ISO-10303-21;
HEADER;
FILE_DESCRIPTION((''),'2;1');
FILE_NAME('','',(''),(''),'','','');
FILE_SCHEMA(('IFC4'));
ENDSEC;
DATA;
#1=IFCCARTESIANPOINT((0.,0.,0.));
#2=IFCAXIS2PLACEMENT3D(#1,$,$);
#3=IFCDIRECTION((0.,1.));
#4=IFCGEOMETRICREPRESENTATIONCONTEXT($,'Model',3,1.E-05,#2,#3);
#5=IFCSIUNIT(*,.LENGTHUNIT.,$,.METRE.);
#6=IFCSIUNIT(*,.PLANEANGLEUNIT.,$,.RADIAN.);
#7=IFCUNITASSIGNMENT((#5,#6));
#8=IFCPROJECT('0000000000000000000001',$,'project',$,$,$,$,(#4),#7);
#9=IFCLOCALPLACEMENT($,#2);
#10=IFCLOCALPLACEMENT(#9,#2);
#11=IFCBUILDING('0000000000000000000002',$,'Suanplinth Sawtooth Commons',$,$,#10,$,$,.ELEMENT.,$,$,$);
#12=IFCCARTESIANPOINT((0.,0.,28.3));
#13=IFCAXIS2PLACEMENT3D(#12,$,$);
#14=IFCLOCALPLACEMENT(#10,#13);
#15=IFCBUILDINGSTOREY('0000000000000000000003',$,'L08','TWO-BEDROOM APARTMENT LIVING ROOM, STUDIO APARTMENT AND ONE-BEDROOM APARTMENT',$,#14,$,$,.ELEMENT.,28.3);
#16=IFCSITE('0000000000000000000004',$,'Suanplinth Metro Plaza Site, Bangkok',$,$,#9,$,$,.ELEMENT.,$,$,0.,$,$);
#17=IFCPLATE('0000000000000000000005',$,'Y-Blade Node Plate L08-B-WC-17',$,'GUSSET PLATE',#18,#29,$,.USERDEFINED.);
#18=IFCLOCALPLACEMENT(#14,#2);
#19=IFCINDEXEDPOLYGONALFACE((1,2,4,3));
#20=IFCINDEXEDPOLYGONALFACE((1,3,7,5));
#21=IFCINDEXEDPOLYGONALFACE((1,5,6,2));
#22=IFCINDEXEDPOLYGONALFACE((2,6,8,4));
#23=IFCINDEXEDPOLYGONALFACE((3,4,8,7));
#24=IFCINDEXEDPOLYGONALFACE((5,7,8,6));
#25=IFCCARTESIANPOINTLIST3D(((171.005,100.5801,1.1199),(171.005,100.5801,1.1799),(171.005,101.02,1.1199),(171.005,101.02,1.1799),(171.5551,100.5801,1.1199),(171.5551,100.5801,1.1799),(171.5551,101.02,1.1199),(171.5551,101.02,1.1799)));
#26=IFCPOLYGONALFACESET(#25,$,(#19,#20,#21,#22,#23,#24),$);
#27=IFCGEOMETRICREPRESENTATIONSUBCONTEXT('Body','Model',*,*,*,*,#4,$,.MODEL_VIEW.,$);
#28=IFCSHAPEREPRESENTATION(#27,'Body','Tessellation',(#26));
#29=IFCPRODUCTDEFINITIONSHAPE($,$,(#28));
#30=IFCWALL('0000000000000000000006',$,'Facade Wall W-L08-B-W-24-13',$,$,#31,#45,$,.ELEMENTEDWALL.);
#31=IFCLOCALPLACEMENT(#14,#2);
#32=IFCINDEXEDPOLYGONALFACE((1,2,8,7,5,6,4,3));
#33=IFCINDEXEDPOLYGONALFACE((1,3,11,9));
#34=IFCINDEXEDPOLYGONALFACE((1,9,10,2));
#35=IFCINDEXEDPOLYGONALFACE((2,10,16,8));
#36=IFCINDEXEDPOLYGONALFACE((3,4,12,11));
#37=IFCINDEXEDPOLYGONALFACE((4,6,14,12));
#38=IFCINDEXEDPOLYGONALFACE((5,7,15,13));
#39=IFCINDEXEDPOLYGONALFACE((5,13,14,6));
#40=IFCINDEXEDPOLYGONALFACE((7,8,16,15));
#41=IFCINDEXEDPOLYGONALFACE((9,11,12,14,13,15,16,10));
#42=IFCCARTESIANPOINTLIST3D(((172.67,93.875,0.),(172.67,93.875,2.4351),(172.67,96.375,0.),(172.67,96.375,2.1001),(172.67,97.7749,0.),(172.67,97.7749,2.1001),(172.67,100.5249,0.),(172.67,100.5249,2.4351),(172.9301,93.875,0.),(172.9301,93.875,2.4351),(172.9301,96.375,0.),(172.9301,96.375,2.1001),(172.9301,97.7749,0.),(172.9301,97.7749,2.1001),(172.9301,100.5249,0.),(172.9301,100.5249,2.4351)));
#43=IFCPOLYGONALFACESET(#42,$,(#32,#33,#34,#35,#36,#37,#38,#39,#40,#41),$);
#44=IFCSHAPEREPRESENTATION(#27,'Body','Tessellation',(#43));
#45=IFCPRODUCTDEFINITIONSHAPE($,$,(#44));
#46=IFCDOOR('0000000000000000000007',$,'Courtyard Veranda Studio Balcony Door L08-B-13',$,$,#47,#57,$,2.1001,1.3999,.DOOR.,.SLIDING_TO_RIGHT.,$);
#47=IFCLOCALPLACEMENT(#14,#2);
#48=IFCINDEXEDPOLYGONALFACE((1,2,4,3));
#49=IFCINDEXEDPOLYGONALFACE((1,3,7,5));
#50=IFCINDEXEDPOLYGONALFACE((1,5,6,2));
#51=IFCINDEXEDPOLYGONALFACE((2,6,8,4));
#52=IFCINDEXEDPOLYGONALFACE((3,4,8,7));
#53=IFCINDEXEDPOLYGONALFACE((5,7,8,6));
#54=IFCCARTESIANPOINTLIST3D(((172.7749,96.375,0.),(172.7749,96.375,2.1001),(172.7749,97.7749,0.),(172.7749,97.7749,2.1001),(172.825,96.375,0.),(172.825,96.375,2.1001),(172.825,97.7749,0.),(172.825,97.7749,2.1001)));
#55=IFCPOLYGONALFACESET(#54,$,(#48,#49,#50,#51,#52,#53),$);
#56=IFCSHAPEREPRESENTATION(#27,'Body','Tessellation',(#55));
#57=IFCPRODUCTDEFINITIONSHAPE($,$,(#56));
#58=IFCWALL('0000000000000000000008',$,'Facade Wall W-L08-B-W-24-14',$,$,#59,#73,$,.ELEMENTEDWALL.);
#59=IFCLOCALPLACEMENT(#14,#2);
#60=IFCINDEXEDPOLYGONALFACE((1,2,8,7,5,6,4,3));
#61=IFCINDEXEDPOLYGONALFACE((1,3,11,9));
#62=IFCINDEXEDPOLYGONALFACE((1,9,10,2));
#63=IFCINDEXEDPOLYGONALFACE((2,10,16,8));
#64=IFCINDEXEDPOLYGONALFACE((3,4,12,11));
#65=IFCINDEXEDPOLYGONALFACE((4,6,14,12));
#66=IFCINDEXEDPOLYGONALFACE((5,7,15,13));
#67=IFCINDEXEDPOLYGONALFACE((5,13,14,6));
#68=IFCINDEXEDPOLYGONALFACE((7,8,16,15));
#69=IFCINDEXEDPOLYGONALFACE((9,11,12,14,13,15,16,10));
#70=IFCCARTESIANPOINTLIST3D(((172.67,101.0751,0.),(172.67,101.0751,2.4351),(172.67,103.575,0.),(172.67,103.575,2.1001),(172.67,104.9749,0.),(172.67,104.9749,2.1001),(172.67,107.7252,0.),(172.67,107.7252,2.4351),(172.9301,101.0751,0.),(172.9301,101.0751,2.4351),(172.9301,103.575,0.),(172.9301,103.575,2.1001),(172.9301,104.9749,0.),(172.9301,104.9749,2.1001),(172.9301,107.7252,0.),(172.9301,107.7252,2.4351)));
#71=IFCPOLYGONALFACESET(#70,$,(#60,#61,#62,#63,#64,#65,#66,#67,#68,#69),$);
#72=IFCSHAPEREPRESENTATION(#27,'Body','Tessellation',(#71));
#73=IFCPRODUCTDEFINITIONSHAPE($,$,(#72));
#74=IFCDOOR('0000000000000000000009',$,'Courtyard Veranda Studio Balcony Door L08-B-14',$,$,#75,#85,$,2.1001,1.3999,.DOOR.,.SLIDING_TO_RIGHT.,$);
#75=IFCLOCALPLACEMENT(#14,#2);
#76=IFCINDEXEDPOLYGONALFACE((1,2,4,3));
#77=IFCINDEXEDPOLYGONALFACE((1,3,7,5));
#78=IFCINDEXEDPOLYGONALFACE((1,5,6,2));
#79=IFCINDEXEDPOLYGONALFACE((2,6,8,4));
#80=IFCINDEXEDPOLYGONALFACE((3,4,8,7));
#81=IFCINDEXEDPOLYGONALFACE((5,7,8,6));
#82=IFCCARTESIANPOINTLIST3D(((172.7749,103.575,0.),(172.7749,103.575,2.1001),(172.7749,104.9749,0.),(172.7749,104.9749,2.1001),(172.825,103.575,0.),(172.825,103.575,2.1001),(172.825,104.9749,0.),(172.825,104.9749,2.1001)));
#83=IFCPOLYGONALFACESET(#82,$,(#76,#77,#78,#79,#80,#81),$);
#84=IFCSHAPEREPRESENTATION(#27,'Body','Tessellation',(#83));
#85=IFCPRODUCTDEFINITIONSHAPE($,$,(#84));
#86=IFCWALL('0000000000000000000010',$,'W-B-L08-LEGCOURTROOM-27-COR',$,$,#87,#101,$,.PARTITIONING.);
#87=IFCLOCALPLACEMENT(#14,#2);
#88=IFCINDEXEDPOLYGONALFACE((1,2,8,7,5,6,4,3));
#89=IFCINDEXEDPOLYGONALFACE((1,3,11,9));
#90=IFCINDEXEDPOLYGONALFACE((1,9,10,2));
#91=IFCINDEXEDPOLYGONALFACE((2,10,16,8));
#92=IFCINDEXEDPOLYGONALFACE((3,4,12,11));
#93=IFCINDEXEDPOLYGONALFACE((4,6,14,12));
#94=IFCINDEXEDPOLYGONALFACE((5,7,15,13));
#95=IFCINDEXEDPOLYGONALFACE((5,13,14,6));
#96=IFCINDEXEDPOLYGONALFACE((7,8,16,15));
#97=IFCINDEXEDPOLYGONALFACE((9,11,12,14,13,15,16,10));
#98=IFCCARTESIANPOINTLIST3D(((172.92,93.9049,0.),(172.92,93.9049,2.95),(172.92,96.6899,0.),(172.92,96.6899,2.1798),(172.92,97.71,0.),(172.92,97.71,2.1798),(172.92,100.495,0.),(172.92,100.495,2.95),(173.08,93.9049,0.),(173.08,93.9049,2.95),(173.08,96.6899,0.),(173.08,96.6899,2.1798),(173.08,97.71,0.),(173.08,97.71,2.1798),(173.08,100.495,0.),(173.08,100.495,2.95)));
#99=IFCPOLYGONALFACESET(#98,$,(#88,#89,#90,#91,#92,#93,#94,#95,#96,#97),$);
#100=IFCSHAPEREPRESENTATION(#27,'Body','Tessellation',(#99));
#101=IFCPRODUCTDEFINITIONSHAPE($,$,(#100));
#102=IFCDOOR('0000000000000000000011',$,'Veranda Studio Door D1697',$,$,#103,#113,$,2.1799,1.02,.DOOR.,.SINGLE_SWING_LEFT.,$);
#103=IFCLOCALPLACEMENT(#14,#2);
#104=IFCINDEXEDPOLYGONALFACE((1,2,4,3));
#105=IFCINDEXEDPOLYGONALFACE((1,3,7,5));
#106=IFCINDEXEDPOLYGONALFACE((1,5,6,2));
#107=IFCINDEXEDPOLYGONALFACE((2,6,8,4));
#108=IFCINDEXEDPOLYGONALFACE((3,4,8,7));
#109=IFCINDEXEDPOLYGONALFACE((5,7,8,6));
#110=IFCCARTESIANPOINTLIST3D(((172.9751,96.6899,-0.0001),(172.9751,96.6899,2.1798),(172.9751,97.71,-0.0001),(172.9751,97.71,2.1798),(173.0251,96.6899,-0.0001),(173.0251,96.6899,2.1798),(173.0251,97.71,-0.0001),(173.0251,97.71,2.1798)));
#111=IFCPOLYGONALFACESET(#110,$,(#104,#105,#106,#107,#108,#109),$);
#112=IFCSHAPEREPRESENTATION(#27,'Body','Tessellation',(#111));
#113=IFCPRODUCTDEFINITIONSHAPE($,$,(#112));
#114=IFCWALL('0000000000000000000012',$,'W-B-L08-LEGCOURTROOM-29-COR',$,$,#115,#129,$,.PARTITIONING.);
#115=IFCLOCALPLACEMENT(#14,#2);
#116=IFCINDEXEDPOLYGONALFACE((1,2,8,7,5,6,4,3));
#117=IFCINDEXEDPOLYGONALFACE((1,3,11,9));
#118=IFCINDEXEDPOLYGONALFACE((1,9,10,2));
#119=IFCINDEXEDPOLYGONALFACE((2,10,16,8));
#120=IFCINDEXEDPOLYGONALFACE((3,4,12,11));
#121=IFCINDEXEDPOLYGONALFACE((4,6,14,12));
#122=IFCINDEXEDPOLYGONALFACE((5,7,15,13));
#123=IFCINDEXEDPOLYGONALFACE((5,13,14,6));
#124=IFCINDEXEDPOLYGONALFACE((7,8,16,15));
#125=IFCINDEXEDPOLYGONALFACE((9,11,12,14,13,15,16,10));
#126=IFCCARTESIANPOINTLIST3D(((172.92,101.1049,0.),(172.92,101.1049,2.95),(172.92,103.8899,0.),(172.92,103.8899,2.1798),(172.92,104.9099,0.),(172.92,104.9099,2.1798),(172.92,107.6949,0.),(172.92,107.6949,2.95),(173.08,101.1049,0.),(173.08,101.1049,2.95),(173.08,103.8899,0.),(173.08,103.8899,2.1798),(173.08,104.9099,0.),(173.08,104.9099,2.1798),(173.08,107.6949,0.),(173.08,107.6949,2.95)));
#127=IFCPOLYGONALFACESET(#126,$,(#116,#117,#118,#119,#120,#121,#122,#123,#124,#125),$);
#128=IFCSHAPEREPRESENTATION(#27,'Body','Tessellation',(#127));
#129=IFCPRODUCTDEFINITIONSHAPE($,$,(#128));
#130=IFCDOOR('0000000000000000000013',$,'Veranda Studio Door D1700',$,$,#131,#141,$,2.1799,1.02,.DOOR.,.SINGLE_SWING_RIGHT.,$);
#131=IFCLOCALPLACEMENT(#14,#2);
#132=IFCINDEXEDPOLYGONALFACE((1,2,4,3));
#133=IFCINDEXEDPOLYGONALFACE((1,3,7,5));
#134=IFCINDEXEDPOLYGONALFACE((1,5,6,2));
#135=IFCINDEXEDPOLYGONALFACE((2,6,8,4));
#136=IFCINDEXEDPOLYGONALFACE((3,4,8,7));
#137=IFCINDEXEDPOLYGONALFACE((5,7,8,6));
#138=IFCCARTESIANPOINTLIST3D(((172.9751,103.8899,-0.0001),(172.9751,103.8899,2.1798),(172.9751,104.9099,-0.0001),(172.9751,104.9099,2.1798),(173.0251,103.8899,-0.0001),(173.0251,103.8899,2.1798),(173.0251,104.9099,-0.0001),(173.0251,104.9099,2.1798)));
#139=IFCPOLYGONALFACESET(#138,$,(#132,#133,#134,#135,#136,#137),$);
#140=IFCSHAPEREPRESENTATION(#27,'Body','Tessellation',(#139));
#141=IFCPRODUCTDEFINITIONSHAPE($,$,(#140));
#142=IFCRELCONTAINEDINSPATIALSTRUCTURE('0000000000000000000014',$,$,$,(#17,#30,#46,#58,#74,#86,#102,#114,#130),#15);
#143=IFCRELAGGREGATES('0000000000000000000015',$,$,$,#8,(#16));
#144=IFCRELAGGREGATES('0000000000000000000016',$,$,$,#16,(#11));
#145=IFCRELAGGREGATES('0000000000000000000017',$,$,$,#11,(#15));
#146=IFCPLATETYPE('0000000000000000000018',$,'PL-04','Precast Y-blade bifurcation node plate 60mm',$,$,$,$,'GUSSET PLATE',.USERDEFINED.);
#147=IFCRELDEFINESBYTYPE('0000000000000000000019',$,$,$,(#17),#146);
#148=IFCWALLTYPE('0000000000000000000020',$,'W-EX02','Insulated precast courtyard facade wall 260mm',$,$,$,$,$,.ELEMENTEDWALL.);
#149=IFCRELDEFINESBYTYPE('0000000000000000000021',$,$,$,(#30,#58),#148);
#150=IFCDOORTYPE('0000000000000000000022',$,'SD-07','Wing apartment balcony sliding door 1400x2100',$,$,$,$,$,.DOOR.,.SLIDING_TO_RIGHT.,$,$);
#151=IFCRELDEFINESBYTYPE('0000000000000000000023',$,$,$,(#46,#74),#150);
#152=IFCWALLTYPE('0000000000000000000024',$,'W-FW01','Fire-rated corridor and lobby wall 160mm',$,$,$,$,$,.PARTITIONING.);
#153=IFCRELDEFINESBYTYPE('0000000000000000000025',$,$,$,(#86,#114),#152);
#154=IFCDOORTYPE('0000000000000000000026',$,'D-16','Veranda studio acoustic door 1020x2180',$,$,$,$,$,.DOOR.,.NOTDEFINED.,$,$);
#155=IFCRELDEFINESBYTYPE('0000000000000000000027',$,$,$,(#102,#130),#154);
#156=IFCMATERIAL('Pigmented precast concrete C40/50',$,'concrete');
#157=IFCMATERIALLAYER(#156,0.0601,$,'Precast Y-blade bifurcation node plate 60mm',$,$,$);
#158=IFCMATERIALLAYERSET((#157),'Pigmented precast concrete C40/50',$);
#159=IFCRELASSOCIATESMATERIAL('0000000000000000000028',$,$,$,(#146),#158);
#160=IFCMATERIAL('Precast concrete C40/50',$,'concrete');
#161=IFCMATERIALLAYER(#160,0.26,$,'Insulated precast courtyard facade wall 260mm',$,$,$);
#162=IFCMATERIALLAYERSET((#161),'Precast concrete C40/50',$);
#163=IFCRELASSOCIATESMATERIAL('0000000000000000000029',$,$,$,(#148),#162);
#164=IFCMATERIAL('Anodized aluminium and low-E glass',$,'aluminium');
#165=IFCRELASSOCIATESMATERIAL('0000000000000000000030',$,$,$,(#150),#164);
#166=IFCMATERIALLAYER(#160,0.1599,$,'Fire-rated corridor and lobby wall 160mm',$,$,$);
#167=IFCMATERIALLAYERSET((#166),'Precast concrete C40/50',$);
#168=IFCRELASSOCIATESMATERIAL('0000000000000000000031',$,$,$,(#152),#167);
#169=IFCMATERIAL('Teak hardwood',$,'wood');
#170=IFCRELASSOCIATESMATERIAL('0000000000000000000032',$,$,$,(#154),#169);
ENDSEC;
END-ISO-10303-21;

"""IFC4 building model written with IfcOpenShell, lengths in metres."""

from ifc_helpers import new_model, si_unit, direction, frame, frame_2d, origin, origin_2d, place, context, subcontext, project, spatial, rectangle, extrude, material, layer, layer_set, type_object, element, fill, save


model = new_model("IFC4")

# Units and contexts
model_context = context("Model", 3, precision=1e-05, world=origin(), true_north=direction((0.0, 1.0)))
body_context = subcontext(model_context, "Body", "Model", "MODEL_VIEW")
ifc_project = project(units=[si_unit("LENGTHUNIT", "METRE"), si_unit("PLANEANGLEUNIT", "RADIAN")], contexts=[model_context])

# Site, building, storey
site_placement = place(None, origin())
site = spatial("IfcSite", under=ifc_project, at=site_placement, Name="Suanplinth Metro Plaza Site, Bangkok", CompositionType="ELEMENT", RefElevation=0.0)
building_placement = place(site_placement, origin())
building = spatial("IfcBuilding", under=site, at=building_placement, Name="Suanplinth Sawtooth Commons", CompositionType="ELEMENT")
storey_placement = place(building_placement, frame((0.0, 0.0, 28.3)))
storey = spatial("IfcBuildingStorey", under=building, at=storey_placement, Name="L08", Description="TWO-BEDROOM APARTMENT LIVING ROOM, STUDIO APARTMENT AND ONE-BEDROOM APARTMENT", CompositionType="ELEMENT", Elevation=28.3)

# Shared definitions
ifc_material_1 = material(Name="Precast concrete C40/50", Category="concrete")

# Shared definitions
ifc_material_2 = material(Name="Pigmented precast concrete C40/50", Category="concrete")

# Plate
ifc_layer_1 = layer(ifc_material_2, 0.0601, Name="Precast Y-blade bifurcation node plate 60mm")
ifc_layer_set_1 = layer_set([ifc_layer_1], Name="Pigmented precast concrete C40/50")
plate_type = type_object("IfcPlateType", Name="PL-04", Description="Precast Y-blade bifurcation node plate 60mm", ElementType="GUSSET PLATE", PredefinedType="USERDEFINED", material=ifc_layer_set_1)
plate_placement = place(storey_placement, frame((171.28, 100.8, 1.1199), z_axis=(0.0, 0.0, 1.0), x_axis=(0.0, 1.0, 0.0)))
element("IfcPlate", 1, at=plate_placement, inside=storey, type_object=plate_type, Name="Y-Blade Node Plate L08-B-WC-17", ObjectType="GUSSET PLATE", PredefinedType="USERDEFINED", context=body_context, shape_type="SweptSolid", body=[
    extrude(rectangle(XDim=0.4399, YDim=0.55, at=origin_2d()), origin(), (0.0, 0.0, 1.0), 0.0601),
])

# Walls, openings, doors
ifc_layer_2 = layer(ifc_material_1, 0.26, Name="Insulated precast courtyard facade wall 260mm")
ifc_layer_set_2 = layer_set([ifc_layer_2], Name="Precast concrete C40/50")
wall_type_1 = type_object("IfcWallType", Name="W-EX02", Description="Insulated precast courtyard facade wall 260mm", PredefinedType="ELEMENTEDWALL", material=ifc_layer_set_2)
wall_1_placement = place(storey_placement, frame((172.8, 93.875, 0.0), z_axis=(0.0, 0.0, 1.0), x_axis=(0.0, 1.0, 0.0)))
wall_1 = element("IfcWall", 2, at=wall_1_placement, inside=storey, type_object=wall_type_1, Name="Facade Wall W-L08-B-W-24-13", PredefinedType="ELEMENTEDWALL", context=body_context, shape_type="SweptSolid", body=[
    extrude(rectangle(XDim=6.6499, YDim=0.26, at=frame_2d((3.325, 0.0))), origin(), (0.0, 0.0, 1.0), 2.4351),
])
opening_1_placement = place(wall_1_placement, frame((2.5, 0.0, 0.0)))
opening_1 = element("IfcOpeningElement", 3, at=opening_1_placement, cuts=wall_1, PredefinedType="OPENING", context=body_context, shape_type="SweptSolid", body=[
    extrude(rectangle(XDim=1.3999, YDim=2.1001, at=frame_2d((0.7, 1.05))), frame((0.0, 0.145, 0.0), z_axis=(0.0, -1.0, 0.0), x_axis=(1.0, 0.0, 0.0)), (0.0, 0.0, 1.0), 0.2898),
])
ifc_material_3 = material(Name="Anodized aluminium and low-E glass", Category="aluminium")
door_type_1 = type_object("IfcDoorType", Name="SD-07", Description="Wing apartment balcony sliding door 1400x2100", OperationType="SLIDING_TO_RIGHT", PredefinedType="DOOR", material=ifc_material_3)
door_1_placement = place(opening_1_placement, frame((1.3999, 0.0, 0.0), z_axis=(0.0, 0.0, 1.0), x_axis=(-1.0, 0.0, 0.0)))
door_1 = element("IfcDoor", 4, at=door_1_placement, inside=storey, type_object=door_type_1, Name="Courtyard Veranda Studio Balcony Door L08-B-13", OperationType="SLIDING_TO_RIGHT", OverallHeight=2.1001, OverallWidth=1.3999, PredefinedType="DOOR", context=body_context, shape_type="SweptSolid", body=[
    extrude(rectangle(XDim=1.3999, YDim=2.1001, at=frame_2d((0.7, 1.05))), frame((0.0, 0.0249, 0.0), z_axis=(0.0, -1.0, 0.0), x_axis=(1.0, 0.0, 0.0)), (0.0, 0.0, 1.0), 0.05),
])
fill(opening_1, door_1)
wall_2_placement = place(storey_placement, frame((172.8, 101.075, 0.0), z_axis=(0.0, 0.0, 1.0), x_axis=(0.0, 1.0, 0.0)))
wall_2 = element("IfcWall", 5, at=wall_2_placement, inside=storey, type_object=wall_type_1, Name="Facade Wall W-L08-B-W-24-14", PredefinedType="ELEMENTEDWALL", context=body_context, shape_type="SweptSolid", body=[
    extrude(rectangle(XDim=6.6501, YDim=0.26, at=frame_2d((3.3252, 0.0))), origin(), (0.0, 0.0, 1.0), 2.4351),
])
opening_2_placement = place(wall_2_placement, frame((2.5, 0.0, 0.0)))
opening_2 = element("IfcOpeningElement", 6, at=opening_2_placement, cuts=wall_2, PredefinedType="OPENING", context=body_context, shape_type="SweptSolid", body=[
    extrude(rectangle(XDim=1.3999, YDim=2.1001, at=frame_2d((0.7, 1.05))), frame((0.0, 0.145, 0.0), z_axis=(0.0, -1.0, 0.0), x_axis=(1.0, 0.0, 0.0)), (0.0, 0.0, 1.0), 0.2898),
])
door_2_placement = place(opening_2_placement, frame((1.3999, 0.0, 0.0), z_axis=(0.0, 0.0, 1.0), x_axis=(-1.0, 0.0, 0.0)))
door_2 = element("IfcDoor", 7, at=door_2_placement, inside=storey, type_object=door_type_1, Name="Courtyard Veranda Studio Balcony Door L08-B-14", OperationType="SLIDING_TO_RIGHT", OverallHeight=2.1001, OverallWidth=1.3999, PredefinedType="DOOR", context=body_context, shape_type="SweptSolid", body=[
    extrude(rectangle(XDim=1.3999, YDim=2.1001, at=frame_2d((0.7, 1.05))), frame((0.0, 0.0249, 0.0), z_axis=(0.0, -1.0, 0.0), x_axis=(1.0, 0.0, 0.0)), (0.0, 0.0, 1.0), 0.05),
])
fill(opening_2, door_2)
ifc_layer_3 = layer(ifc_material_1, 0.1599, Name="Fire-rated corridor and lobby wall 160mm")
ifc_layer_set_3 = layer_set([ifc_layer_3], Name="Precast concrete C40/50")
wall_type_2 = type_object("IfcWallType", Name="W-FW01", Description="Fire-rated corridor and lobby wall 160mm", PredefinedType="PARTITIONING", material=ifc_layer_set_3)
wall_3_placement = place(storey_placement, frame((173.0, 93.905, 0.0), z_axis=(0.0, 0.0, 1.0), x_axis=(0.0, 1.0, 0.0)))
wall_3 = element("IfcWall", 8, at=wall_3_placement, inside=storey, type_object=wall_type_2, Name="W-B-L08-LEGCOURTROOM-27-COR", PredefinedType="PARTITIONING", context=body_context, shape_type="SweptSolid", body=[
    extrude(rectangle(XDim=6.5901, YDim=0.1599, at=frame_2d((3.2949, 0.0))), origin(), (0.0, 0.0, 1.0), 2.95),
])
opening_3_placement = place(wall_3_placement, frame((2.7849, 0.0, 0.0)))
opening_3 = element("IfcOpeningElement", 9, at=opening_3_placement, cuts=wall_3, PredefinedType="OPENING", context=body_context, shape_type="SweptSolid", body=[
    extrude(rectangle(XDim=1.02, YDim=2.1799, at=frame_2d((0.51, 1.0898))), frame((0.0, 0.0947, 0.0), z_axis=(0.0, -1.0, 0.0), x_axis=(1.0, 0.0, 0.0)), (0.0, 0.0, 1.0), 0.1897),
])
ifc_material_4 = material(Name="Teak hardwood", Category="wood")
door_type_2 = type_object("IfcDoorType", Name="D-16", Description="Veranda studio acoustic door 1020x2180", OperationType="NOTDEFINED", PredefinedType="DOOR", material=ifc_material_4)
door_3_placement = place(opening_3_placement, origin())
door_3 = element("IfcDoor", 10, at=door_3_placement, inside=storey, type_object=door_type_2, Name="Veranda Studio Door D1697", OperationType="SINGLE_SWING_LEFT", OverallHeight=2.1799, OverallWidth=1.02, PredefinedType="DOOR", context=body_context, shape_type="SweptSolid", body=[
    extrude(rectangle(XDim=1.02, YDim=2.1799, at=frame_2d((0.51, 1.0898))), frame((0.0, 0.0249, 0.0), z_axis=(0.0, -1.0, 0.0), x_axis=(1.0, 0.0, 0.0)), (0.0, 0.0, 1.0), 0.05),
])
fill(opening_3, door_3)
wall_4_placement = place(storey_placement, frame((173.0, 101.105, 0.0), z_axis=(0.0, 0.0, 1.0), x_axis=(0.0, 1.0, 0.0)))
wall_4 = element("IfcWall", 11, at=wall_4_placement, inside=storey, type_object=wall_type_2, Name="W-B-L08-LEGCOURTROOM-29-COR", PredefinedType="PARTITIONING", context=body_context, shape_type="SweptSolid", body=[
    extrude(rectangle(XDim=6.5901, YDim=0.1599, at=frame_2d((3.2949, 0.0))), origin(), (0.0, 0.0, 1.0), 2.95),
])
opening_4_placement = place(wall_4_placement, frame((2.7849, 0.0, 0.0)))
opening_4 = element("IfcOpeningElement", 12, at=opening_4_placement, cuts=wall_4, PredefinedType="OPENING", context=body_context, shape_type="SweptSolid", body=[
    extrude(rectangle(XDim=1.02, YDim=2.1799, at=frame_2d((0.51, 1.0898))), frame((0.0, 0.0947, 0.0), z_axis=(0.0, -1.0, 0.0), x_axis=(1.0, 0.0, 0.0)), (0.0, 0.0, 1.0), 0.1897),
])
door_4_placement = place(opening_4_placement, origin())
door_4 = element("IfcDoor", 13, at=door_4_placement, inside=storey, type_object=door_type_2, Name="Veranda Studio Door D1700", OperationType="SINGLE_SWING_RIGHT", OverallHeight=2.1799, OverallWidth=1.02, PredefinedType="DOOR", context=body_context, shape_type="SweptSolid", body=[
    extrude(rectangle(XDim=1.02, YDim=2.1799, at=frame_2d((0.51, 1.0898))), frame((0.0, 0.0249, 0.0), z_axis=(0.0, -1.0, 0.0), x_axis=(1.0, 0.0, 0.0)), (0.0, 0.0, 1.0), 0.05),
])
fill(opening_4, door_4)

save(model, "model.ifc")
